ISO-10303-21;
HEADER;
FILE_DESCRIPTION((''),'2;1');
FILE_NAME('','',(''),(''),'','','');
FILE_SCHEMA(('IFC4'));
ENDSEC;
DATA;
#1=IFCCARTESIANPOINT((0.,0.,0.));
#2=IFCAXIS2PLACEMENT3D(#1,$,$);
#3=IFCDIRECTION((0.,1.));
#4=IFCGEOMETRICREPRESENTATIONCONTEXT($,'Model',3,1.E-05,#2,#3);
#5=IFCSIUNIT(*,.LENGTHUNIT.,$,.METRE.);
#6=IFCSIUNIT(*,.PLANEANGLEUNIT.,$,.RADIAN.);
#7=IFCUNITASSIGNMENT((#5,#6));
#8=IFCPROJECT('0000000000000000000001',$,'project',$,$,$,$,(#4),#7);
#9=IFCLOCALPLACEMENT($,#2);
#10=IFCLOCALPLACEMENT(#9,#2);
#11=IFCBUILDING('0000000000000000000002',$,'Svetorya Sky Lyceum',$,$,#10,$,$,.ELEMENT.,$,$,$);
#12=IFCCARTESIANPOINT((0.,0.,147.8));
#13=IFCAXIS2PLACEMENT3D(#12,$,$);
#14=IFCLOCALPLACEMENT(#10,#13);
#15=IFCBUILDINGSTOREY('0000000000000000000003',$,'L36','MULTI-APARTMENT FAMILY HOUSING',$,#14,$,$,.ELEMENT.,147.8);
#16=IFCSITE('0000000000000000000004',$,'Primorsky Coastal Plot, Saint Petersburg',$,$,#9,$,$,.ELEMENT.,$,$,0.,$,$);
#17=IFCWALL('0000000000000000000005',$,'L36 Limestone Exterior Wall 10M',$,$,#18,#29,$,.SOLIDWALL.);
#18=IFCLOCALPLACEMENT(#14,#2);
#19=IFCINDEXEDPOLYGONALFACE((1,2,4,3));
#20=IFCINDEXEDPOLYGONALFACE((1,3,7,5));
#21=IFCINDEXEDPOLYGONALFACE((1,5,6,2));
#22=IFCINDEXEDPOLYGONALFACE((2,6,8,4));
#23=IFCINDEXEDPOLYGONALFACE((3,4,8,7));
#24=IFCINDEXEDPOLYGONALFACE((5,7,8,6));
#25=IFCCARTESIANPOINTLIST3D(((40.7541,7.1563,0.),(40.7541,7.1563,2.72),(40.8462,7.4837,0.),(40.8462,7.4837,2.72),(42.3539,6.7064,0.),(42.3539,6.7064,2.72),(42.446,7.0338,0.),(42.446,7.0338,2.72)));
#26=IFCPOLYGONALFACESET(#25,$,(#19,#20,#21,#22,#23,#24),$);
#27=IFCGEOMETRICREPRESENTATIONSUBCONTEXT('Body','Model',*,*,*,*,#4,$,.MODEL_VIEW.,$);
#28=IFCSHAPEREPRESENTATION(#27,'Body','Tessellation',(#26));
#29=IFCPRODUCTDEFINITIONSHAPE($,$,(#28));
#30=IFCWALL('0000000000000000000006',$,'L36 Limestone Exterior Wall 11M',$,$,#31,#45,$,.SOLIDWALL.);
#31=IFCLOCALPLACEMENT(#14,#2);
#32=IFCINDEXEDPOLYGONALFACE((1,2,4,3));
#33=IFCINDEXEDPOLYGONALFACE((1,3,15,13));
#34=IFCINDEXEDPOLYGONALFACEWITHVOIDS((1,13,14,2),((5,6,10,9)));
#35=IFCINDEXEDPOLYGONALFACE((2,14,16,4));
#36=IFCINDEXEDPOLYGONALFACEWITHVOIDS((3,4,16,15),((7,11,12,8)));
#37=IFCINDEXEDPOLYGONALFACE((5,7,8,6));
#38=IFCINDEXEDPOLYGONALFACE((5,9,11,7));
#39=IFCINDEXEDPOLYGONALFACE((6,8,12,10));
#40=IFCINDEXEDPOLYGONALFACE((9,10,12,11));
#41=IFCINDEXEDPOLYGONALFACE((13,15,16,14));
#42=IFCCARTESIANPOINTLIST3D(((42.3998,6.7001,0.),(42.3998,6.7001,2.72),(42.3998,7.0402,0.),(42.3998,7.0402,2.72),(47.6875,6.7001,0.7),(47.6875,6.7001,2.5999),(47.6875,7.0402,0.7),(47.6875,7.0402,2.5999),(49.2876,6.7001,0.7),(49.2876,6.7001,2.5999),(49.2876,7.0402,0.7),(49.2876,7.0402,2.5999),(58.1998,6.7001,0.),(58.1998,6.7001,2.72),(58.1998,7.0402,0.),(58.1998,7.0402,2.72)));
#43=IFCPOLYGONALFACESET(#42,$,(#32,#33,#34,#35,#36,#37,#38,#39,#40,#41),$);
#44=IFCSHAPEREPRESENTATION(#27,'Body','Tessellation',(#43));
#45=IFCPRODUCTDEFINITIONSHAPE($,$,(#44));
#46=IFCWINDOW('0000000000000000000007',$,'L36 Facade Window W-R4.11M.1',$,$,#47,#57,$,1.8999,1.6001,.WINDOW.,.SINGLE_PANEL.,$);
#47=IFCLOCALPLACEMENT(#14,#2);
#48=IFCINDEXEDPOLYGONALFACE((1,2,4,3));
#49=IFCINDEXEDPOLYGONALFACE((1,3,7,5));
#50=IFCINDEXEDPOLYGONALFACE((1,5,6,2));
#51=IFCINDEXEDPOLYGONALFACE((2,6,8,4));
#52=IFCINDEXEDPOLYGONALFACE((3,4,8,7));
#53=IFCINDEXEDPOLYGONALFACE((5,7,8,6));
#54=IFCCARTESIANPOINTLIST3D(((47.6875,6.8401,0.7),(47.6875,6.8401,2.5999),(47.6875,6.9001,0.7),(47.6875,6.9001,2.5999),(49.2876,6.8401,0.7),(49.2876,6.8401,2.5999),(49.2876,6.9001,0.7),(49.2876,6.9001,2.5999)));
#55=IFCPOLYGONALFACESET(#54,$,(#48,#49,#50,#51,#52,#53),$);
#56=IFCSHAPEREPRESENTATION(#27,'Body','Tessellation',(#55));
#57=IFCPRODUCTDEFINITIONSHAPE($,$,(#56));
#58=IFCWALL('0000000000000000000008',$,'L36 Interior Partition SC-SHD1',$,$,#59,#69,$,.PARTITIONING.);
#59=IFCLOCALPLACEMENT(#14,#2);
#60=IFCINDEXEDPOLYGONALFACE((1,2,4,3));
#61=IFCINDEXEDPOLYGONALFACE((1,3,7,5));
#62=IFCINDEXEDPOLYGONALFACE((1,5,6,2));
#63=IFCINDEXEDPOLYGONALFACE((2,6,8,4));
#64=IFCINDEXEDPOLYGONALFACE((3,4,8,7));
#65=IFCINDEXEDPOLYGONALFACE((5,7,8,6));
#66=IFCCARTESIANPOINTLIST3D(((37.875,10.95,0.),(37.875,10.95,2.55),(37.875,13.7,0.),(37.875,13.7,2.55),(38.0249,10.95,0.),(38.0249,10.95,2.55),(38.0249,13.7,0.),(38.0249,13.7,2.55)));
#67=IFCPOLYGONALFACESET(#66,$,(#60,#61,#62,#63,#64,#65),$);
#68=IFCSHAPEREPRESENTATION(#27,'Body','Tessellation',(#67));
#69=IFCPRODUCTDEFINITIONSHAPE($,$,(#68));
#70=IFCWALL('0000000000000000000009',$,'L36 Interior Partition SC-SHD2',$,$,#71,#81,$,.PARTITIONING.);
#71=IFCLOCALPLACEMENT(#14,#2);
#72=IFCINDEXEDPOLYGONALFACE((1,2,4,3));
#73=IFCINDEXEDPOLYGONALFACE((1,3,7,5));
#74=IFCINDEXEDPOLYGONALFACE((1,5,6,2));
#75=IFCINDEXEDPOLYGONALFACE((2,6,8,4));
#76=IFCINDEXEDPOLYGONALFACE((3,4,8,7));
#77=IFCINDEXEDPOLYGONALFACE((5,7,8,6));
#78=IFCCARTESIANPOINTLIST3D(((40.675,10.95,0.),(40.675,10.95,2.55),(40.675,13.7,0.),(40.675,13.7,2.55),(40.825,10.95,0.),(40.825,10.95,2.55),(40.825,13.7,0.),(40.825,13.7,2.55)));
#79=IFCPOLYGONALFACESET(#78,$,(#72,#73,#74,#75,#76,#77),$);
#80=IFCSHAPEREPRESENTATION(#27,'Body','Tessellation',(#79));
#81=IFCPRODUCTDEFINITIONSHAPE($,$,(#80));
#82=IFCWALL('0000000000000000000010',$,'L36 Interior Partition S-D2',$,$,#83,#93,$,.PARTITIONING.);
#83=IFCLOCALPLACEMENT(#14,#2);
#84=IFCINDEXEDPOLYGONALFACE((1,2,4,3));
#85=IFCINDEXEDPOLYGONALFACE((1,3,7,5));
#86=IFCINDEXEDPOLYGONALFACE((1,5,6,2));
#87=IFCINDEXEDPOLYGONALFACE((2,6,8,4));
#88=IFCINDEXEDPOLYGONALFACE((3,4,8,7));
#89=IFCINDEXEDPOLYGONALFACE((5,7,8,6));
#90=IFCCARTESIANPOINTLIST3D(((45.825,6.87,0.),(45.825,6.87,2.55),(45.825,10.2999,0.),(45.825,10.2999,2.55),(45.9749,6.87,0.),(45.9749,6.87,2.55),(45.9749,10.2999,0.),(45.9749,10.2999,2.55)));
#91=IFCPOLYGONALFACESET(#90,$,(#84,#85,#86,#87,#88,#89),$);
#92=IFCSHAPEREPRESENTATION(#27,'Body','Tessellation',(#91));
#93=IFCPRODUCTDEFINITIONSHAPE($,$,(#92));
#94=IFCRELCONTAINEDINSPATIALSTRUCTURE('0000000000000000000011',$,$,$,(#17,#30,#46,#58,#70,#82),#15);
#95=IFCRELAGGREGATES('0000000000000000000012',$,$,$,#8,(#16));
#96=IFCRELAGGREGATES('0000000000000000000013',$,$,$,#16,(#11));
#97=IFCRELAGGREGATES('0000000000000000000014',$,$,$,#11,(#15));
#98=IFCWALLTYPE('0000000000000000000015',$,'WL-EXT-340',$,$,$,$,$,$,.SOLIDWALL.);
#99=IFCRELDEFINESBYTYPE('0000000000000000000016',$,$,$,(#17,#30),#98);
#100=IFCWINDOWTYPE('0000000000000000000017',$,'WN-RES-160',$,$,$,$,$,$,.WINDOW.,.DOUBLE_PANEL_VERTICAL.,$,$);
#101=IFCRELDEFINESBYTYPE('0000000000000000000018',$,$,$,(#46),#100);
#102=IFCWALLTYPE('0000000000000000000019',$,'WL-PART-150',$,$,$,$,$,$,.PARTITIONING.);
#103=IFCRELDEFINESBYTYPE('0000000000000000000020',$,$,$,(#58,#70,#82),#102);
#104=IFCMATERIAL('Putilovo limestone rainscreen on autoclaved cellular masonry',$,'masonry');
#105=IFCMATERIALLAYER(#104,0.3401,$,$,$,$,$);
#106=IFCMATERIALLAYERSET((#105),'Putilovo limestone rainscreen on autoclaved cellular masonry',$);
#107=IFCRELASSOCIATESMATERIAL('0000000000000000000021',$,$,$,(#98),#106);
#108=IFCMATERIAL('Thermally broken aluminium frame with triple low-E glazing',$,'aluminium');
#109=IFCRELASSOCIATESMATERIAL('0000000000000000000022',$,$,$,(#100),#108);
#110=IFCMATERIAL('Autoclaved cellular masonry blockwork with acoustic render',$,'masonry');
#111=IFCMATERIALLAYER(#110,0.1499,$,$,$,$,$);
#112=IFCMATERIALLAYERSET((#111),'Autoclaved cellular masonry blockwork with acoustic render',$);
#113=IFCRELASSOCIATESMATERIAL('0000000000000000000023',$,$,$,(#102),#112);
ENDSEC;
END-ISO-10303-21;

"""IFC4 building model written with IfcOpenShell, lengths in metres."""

from ifc_helpers import new_model, si_unit, direction, frame, frame_2d, origin, place, context, subcontext, project, spatial, rectangle, extrude, material, layer, layer_set, type_object, element, fill, save


model = new_model("IFC4")

# Units and contexts
model_context = context("Model", 3, precision=1e-05, world=origin(), true_north=direction((0.0, 1.0)))
body_context = subcontext(model_context, "Body", "Model", "MODEL_VIEW")
ifc_project = project(units=[si_unit("LENGTHUNIT", "METRE"), si_unit("PLANEANGLEUNIT", "RADIAN")], contexts=[model_context])

# Site, building, storey
site_placement = place(None, origin())
site = spatial("IfcSite", under=ifc_project, at=site_placement, Name="Primorsky Coastal Plot, Saint Petersburg", CompositionType="ELEMENT", RefElevation=0.0)
building_placement = place(site_placement, origin())
building = spatial("IfcBuilding", under=site, at=building_placement, Name="Svetorya Sky Lyceum", CompositionType="ELEMENT")
storey_placement = place(building_placement, frame((0.0, 0.0, 147.8)))
storey = spatial("IfcBuildingStorey", under=building, at=storey_placement, Name="L36", Description="MULTI-APARTMENT FAMILY HOUSING", CompositionType="ELEMENT", Elevation=147.8)

# Wall
ifc_material_1 = material(Name="Putilovo limestone rainscreen on autoclaved cellular masonry", Category="masonry")
ifc_layer_1 = layer(ifc_material_1, 0.3401)
ifc_layer_set_1 = layer_set([ifc_layer_1], Name="Putilovo limestone rainscreen on autoclaved cellular masonry")
wall_type_1 = type_object("IfcWallType", Name="WL-EXT-340", PredefinedType="SOLIDWALL", material=ifc_layer_set_1)
wall_1_placement = place(storey_placement, frame((40.8, 7.3201, 0.0), z_axis=(0.0, 0.0, 1.0), x_axis=(0.962652, -0.270741, 0.0)))
element("IfcWall", 1, at=wall_1_placement, inside=storey, type_object=wall_type_1, Name="L36 Limestone Exterior Wall 10M", PredefinedType="SOLIDWALL", context=body_context, shape_type="SweptSolid", body=[
    extrude(rectangle(XDim=1.6619, YDim=0.3401, at=frame_2d((0.8311, 0.0))), origin(), (0.0, 0.0, 1.0), 2.72),
])

# Wall, opening, window
wall_2_placement = place(storey_placement, frame((42.3999, 6.8701, 0.0), z_axis=(0.0, 0.0, 1.0), x_axis=(1.0, 0.0, 0.0)))
wall_2 = element("IfcWall", 2, at=wall_2_placement, inside=storey, type_object=wall_type_1, Name="L36 Limestone Exterior Wall 11M", PredefinedType="SOLIDWALL", context=body_context, shape_type="SweptSolid", body=[
    extrude(rectangle(XDim=15.8, YDim=0.3401, at=frame_2d((7.8999, 0.0))), origin(), (0.0, 0.0, 1.0), 2.72),
])
opening_1_placement = place(wall_2_placement, frame((5.2876, 0.0, 0.7)))
opening_1 = element("IfcOpeningElement", 3, at=opening_1_placement, cuts=wall_2, PredefinedType="OPENING", context=body_context, shape_type="SweptSolid", body=[
    extrude(rectangle(XDim=1.6001, YDim=1.8999, at=frame_2d((0.8, 0.95))), frame((0.0, 0.1799, 0.0), z_axis=(0.0, -1.0, 0.0), x_axis=(1.0, 0.0, 0.0)), (0.0, 0.0, 1.0), 0.3601),
])
ifc_material_2 = material(Name="Thermally broken aluminium frame with triple low-E glazing", Category="aluminium")
window_type = type_object("IfcWindowType", Name="WN-RES-160", PartitioningType="DOUBLE_PANEL_VERTICAL", PredefinedType="WINDOW", material=ifc_material_2)
window_placement = place(opening_1_placement, origin())
window = element("IfcWindow", 4, at=window_placement, inside=storey, type_object=window_type, Name="L36 Facade Window W-R4.11M.1", OverallHeight=1.8999, OverallWidth=1.6001, PartitioningType="SINGLE_PANEL", PredefinedType="WINDOW", context=body_context, shape_type="SweptSolid", body=[
    extrude(rectangle(XDim=1.6001, YDim=1.8999, at=frame_2d((0.8, 0.95))), frame((0.0, 0.03, 0.0), z_axis=(0.0, -1.0, 0.0), x_axis=(1.0, 0.0, 0.0)), (0.0, 0.0, 1.0), 0.0601),
])
fill(opening_1, window)

# Walls
ifc_material_3 = material(Name="Autoclaved cellular masonry blockwork with acoustic render", Category="masonry")
ifc_layer_2 = layer(ifc_material_3, 0.1499)
ifc_layer_set_2 = layer_set([ifc_layer_2], Name="Autoclaved cellular masonry blockwork with acoustic render")
wall_type_2 = type_object("IfcWallType", Name="WL-PART-150", PredefinedType="PARTITIONING", material=ifc_layer_set_2)
for number, where, z_axis, x_axis, name in (
    (5, (37.95, 10.95, 0.0), (0.0, 0.0, 1.0), (0.0, 1.0, 0.0), "L36 Interior Partition SC-SHD1"),
    (6, (40.75, 10.95, 0.0), (0.0, 0.0, 1.0), (0.0, 1.0, 0.0), "L36 Interior Partition SC-SHD2"),
):
    element("IfcWall", number, at=place(storey_placement, frame(where, z_axis=z_axis, x_axis=x_axis)), inside=storey, type_object=wall_type_2, Name=name, PredefinedType="PARTITIONING", context=body_context, shape_type="SweptSolid", body=[
        extrude(rectangle(XDim=2.75, YDim=0.1499, at=frame_2d((1.375, 0.0))), origin(), (0.0, 0.0, 1.0), 2.55),
    ])
wall_3_placement = place(storey_placement, frame((45.8999, 6.8701, 0.0), z_axis=(0.0, 0.0, 1.0), x_axis=(0.0, 1.0, 0.0)))
element("IfcWall", 7, at=wall_3_placement, inside=storey, type_object=wall_type_2, Name="L36 Interior Partition S-D2", PredefinedType="PARTITIONING", context=body_context, shape_type="SweptSolid", body=[
    extrude(rectangle(XDim=3.4299, YDim=0.1499, at=frame_2d((1.7148, 0.0))), origin(), (0.0, 0.0, 1.0), 2.55),
])

save(model, "model.ifc")
